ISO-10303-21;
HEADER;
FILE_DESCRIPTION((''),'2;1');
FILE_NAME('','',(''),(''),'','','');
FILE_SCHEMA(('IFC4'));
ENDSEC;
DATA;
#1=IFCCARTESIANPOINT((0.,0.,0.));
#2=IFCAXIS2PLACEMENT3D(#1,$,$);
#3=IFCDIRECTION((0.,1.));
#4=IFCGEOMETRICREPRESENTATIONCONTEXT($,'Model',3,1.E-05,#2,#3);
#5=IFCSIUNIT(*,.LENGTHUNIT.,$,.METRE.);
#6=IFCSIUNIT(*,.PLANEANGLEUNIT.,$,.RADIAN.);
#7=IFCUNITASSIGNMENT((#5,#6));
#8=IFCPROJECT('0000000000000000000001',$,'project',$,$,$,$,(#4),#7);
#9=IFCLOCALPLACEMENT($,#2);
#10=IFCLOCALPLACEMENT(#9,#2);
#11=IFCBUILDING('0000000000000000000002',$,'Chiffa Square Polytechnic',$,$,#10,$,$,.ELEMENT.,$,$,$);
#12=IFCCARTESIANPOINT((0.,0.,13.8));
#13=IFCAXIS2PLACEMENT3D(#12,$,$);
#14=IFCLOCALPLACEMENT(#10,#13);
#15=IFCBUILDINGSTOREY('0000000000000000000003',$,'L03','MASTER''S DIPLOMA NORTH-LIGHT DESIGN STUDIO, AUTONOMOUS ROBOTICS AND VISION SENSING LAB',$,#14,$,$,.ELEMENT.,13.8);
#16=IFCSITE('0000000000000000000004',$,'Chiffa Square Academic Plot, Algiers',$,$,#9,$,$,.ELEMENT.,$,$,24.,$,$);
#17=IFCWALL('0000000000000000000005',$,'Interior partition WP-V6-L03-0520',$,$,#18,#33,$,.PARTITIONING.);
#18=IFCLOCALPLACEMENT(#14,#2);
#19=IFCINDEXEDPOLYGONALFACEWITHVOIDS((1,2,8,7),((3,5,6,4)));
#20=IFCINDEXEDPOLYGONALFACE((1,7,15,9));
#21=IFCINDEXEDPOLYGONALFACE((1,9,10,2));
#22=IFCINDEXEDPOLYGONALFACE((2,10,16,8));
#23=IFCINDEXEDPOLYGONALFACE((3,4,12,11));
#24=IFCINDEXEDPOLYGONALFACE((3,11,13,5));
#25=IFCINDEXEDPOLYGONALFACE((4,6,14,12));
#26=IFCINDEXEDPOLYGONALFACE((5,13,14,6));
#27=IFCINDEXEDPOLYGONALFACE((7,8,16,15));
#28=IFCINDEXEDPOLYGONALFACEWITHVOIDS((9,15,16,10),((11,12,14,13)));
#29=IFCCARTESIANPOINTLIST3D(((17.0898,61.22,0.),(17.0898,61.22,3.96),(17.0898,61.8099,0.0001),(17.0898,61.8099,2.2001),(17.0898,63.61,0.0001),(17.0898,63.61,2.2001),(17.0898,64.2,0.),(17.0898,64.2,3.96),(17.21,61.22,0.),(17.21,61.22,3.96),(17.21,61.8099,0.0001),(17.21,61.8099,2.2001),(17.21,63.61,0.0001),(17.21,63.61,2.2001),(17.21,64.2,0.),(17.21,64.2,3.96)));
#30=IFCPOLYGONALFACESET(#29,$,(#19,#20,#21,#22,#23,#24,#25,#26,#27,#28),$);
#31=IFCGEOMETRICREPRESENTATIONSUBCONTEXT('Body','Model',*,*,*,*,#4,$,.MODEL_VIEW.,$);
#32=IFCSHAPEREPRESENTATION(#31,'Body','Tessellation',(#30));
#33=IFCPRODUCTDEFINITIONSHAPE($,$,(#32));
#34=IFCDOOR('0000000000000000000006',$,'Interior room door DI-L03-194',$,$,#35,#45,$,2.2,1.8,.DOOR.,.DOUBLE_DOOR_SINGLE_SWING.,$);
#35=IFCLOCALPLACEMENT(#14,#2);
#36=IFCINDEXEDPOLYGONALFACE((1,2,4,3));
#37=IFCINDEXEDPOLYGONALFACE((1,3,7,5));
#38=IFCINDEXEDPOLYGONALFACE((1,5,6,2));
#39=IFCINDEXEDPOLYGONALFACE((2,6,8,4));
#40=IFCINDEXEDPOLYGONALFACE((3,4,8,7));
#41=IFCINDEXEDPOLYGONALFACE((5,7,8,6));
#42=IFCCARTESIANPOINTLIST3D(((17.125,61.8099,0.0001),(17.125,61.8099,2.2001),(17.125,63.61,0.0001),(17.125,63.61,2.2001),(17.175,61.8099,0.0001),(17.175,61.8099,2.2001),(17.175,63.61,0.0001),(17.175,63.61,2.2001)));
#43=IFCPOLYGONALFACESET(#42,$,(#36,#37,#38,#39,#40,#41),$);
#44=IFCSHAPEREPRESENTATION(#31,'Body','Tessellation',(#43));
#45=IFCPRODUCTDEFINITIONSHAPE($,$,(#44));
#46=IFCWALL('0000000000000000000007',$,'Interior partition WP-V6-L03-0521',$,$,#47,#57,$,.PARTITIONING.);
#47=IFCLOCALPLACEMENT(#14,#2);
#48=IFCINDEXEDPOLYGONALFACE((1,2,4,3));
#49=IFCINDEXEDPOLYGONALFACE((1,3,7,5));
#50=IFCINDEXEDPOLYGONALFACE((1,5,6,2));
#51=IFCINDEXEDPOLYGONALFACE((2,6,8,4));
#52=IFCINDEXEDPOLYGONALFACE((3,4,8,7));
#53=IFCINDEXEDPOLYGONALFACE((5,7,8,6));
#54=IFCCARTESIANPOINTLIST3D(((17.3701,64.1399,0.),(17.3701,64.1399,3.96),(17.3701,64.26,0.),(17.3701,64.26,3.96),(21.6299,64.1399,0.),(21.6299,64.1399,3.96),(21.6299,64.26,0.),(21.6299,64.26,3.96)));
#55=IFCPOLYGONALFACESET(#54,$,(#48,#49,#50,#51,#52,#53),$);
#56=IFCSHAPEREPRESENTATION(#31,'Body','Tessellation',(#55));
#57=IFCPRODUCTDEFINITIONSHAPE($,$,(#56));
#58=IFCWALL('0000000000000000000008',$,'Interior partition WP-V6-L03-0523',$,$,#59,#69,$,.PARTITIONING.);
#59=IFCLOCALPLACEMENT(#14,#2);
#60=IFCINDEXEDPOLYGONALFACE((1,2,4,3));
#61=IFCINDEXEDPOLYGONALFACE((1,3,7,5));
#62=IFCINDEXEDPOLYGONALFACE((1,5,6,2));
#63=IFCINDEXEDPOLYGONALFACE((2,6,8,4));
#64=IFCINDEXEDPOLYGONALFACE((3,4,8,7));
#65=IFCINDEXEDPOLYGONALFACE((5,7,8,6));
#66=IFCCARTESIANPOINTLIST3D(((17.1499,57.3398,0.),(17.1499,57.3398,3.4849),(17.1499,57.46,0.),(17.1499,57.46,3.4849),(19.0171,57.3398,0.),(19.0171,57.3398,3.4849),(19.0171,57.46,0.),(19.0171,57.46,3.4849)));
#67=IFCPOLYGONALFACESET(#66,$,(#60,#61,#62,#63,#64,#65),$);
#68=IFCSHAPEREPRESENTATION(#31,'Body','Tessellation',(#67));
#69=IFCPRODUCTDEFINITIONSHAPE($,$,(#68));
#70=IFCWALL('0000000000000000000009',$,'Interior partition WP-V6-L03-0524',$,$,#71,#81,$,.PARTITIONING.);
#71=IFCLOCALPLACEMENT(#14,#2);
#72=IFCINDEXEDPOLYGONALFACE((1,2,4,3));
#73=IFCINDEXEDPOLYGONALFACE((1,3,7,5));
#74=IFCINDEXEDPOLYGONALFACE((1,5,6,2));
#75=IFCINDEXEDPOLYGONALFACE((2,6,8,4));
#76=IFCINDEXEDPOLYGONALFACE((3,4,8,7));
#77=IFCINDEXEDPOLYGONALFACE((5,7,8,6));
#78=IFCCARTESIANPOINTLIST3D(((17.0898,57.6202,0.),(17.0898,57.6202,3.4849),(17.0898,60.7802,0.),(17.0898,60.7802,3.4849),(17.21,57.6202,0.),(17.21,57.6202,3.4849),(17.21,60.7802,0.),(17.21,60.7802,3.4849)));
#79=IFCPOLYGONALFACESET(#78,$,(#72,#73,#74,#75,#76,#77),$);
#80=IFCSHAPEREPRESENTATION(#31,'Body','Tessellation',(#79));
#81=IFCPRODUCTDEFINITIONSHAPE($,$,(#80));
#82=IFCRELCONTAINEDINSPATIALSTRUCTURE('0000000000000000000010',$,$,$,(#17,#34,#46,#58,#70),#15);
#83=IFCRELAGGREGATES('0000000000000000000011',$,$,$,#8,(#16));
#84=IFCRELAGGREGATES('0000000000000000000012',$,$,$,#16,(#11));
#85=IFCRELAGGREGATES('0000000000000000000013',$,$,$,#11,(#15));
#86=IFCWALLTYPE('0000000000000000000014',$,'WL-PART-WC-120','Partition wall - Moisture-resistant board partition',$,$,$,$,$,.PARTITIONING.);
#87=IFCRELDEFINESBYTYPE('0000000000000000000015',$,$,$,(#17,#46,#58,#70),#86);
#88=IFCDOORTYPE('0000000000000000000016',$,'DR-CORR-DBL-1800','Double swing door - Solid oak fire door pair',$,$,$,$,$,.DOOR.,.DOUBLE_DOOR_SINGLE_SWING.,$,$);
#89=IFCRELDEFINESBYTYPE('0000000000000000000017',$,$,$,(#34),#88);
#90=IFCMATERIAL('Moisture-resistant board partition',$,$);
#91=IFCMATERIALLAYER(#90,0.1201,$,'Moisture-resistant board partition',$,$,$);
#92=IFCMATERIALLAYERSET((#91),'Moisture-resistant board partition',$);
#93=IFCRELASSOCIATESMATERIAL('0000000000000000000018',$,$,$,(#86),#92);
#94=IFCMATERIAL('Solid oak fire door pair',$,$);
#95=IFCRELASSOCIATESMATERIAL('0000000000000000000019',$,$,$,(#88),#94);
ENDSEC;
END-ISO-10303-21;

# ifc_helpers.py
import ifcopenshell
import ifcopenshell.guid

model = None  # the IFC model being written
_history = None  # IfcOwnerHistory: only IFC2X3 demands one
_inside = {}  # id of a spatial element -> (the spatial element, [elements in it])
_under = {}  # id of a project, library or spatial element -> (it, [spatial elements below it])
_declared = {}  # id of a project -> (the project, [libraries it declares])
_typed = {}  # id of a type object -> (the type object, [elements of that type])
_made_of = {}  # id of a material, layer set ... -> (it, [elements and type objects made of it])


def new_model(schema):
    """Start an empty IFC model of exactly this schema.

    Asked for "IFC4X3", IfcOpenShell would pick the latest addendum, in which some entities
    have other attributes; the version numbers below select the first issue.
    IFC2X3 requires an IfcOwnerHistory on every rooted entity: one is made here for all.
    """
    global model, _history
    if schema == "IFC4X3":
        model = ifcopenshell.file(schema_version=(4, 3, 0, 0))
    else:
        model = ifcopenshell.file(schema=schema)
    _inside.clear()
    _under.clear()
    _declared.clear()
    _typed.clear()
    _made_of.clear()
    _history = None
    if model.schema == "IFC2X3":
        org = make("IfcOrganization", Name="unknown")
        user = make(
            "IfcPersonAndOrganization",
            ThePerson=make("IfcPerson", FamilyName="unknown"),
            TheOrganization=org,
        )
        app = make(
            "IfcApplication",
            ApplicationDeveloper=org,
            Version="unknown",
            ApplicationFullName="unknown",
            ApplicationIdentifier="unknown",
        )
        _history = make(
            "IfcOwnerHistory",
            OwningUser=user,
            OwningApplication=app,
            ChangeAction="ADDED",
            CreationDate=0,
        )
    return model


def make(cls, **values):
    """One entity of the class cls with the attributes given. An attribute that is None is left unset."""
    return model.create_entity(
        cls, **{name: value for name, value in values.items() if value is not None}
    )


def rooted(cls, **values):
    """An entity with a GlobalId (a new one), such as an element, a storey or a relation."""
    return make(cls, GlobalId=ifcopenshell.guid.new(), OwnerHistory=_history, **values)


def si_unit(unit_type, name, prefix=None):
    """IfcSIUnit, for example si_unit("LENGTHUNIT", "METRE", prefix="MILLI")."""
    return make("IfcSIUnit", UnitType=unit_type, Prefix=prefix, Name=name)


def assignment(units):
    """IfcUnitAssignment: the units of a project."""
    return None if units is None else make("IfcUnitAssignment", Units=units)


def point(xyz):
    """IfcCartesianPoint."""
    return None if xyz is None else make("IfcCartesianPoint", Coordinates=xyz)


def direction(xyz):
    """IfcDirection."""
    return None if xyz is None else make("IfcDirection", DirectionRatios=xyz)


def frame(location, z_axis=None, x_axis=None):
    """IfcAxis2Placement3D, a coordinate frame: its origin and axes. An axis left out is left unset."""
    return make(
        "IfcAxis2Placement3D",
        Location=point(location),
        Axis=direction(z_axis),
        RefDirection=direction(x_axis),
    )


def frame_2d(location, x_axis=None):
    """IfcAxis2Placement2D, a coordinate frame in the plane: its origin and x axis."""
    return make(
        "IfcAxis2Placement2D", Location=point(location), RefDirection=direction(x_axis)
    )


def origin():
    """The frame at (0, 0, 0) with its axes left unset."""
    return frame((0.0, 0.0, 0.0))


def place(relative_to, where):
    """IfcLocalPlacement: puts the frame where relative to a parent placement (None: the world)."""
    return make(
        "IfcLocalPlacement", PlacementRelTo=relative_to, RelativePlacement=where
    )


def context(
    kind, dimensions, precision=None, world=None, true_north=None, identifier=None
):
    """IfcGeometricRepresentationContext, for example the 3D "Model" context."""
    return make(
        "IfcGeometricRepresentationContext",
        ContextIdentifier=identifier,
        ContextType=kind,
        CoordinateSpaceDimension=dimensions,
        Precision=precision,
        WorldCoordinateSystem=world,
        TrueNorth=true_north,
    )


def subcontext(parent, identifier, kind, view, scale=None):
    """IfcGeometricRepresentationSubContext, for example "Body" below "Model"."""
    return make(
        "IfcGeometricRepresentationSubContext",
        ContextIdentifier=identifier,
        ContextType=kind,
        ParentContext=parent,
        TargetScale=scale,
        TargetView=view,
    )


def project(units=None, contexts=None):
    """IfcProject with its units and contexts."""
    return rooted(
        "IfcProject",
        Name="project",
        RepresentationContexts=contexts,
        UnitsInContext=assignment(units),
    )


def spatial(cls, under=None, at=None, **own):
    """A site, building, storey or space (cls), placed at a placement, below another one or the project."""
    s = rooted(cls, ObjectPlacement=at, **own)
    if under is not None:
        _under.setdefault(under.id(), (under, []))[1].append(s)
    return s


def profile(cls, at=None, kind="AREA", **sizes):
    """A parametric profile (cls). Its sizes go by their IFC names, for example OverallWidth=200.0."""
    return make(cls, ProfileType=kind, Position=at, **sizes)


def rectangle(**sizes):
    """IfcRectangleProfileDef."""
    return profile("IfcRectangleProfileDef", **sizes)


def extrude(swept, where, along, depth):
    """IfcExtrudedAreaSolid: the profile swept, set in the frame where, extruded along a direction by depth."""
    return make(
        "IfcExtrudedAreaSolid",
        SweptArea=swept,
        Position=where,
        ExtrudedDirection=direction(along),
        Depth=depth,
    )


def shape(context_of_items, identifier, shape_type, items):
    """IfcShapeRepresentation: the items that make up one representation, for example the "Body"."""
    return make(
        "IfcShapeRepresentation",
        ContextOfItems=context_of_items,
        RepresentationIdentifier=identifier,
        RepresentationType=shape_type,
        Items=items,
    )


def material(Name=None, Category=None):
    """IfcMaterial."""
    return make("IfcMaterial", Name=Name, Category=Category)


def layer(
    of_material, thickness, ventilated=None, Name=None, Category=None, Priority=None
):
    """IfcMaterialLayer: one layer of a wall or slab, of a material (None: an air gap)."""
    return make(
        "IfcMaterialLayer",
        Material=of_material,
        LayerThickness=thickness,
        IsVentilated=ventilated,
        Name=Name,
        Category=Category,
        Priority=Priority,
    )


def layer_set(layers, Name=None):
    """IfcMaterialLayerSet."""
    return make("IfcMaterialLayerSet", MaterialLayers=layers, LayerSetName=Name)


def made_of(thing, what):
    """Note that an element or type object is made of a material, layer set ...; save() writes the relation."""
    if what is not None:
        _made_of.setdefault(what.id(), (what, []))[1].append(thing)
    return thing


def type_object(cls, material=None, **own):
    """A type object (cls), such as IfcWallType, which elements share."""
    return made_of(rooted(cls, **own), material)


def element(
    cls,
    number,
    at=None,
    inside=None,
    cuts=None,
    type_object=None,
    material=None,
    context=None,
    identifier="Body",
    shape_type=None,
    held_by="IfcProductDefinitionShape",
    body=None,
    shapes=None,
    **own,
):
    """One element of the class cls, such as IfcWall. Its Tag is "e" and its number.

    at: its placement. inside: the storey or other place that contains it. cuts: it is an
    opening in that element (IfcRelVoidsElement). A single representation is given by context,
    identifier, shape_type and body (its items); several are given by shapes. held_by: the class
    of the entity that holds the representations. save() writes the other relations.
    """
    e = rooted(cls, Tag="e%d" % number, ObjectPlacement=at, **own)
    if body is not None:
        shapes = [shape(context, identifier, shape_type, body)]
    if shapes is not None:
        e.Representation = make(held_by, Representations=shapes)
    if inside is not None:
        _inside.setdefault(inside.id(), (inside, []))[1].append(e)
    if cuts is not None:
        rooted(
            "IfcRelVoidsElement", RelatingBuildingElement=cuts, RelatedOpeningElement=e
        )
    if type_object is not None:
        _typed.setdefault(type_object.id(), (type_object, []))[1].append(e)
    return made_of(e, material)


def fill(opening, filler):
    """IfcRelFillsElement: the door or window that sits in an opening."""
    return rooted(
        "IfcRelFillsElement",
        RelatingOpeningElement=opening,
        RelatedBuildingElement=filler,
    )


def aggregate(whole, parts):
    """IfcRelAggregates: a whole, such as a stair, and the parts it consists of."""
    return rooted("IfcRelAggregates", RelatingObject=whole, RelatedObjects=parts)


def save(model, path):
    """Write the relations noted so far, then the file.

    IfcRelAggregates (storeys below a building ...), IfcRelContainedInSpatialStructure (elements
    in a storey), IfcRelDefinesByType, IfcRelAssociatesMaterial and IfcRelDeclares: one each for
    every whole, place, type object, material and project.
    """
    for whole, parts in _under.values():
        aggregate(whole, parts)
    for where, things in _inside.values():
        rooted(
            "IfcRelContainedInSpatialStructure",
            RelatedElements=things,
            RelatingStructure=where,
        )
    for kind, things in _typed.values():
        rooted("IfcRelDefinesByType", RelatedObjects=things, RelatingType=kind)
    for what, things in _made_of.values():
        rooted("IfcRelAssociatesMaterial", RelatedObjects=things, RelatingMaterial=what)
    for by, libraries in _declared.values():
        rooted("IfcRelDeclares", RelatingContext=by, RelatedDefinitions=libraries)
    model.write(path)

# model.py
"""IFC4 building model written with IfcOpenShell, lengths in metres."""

from ifc_helpers import new_model, si_unit, direction, frame, frame_2d, origin, place, context, subcontext, project, spatial, rectangle, extrude, material, layer, layer_set, type_object, element, fill, save


model = new_model("IFC4")

# Units and contexts
model_context = context("Model", 3, precision=1e-05, world=origin(), true_north=direction((0.0, 1.0)))
body_context = subcontext(model_context, "Body", "Model", "MODEL_VIEW")
ifc_project = project(units=[si_unit("LENGTHUNIT", "METRE"), si_unit("PLANEANGLEUNIT", "RADIAN")], contexts=[model_context])

# Site, building, storey
site_placement = place(None, origin())
site = spatial("IfcSite", under=ifc_project, at=site_placement, Name="Chiffa Square Academic Plot, Algiers", CompositionType="ELEMENT", RefElevation=24.0)
building_placement = place(site_placement, origin())
building = spatial("IfcBuilding", under=site, at=building_placement, Name="Chiffa Square Polytechnic", CompositionType="ELEMENT")
storey_placement = place(building_placement, frame((0.0, 0.0, 13.8)))
storey = spatial("IfcBuildingStorey", under=building, at=storey_placement, Name="L03", Description="MASTER'S DIPLOMA NORTH-LIGHT DESIGN STUDIO, AUTONOMOUS ROBOTICS AND VISION SENSING LAB", CompositionType="ELEMENT", Elevation=13.8)

# Shared definitions
ifc_material_1 = material(Name="Moisture-resistant board partition")
ifc_layer_1 = layer(ifc_material_1, 0.1201, Name="Moisture-resistant board partition")
ifc_layer_set_1 = layer_set([ifc_layer_1], Name="Moisture-resistant board partition")
wall_type_1 = type_object("IfcWallType", Name="WL-PART-WC-120", Description="Partition wall - Moisture-resistant board partition", PredefinedType="PARTITIONING", material=ifc_layer_set_1)

# Wall, opening, door
wall_1_placement = place(storey_placement, frame((17.1499, 61.22, 0.0), z_axis=(0.0, 0.0, 1.0), x_axis=(0.0, 1.0, 0.0)))
wall_1 = element("IfcWall", 1, at=wall_1_placement, inside=storey, type_object=wall_type_1, Name="Interior partition WP-V6-L03-0520", PredefinedType="PARTITIONING", context=body_context, shape_type="SweptSolid", body=[
    extrude(rectangle(XDim=2.98, YDim=0.1201, at=frame_2d((1.49, 0.0))), origin(), (0.0, 0.0, 1.0), 3.96),
])
opening_1_placement = place(wall_1_placement, frame((0.5901, 0.0, 0.0)))
opening_1 = element("IfcOpeningElement", 2, at=opening_1_placement, cuts=wall_1, PredefinedType="OPENING", context=body_context, shape_type="SweptSolid", body=[
    extrude(rectangle(XDim=1.8, YDim=2.2, at=frame_2d((0.8999, 1.1001))), frame((0.0, 0.0701, 0.0), z_axis=(0.0, -1.0, 0.0), x_axis=(1.0, 0.0, 0.0)), (0.0, 0.0, 1.0), 0.1401),
])
ifc_material_2 = material(Name="Solid oak fire door pair")
door_type_1 = type_object("IfcDoorType", Name="DR-CORR-DBL-1800", Description="Double swing door - Solid oak fire door pair", OperationType="DOUBLE_DOOR_SINGLE_SWING", PredefinedType="DOOR", material=ifc_material_2)
door_1_placement = place(opening_1_placement, origin())
door_1 = element("IfcDoor", 3, at=door_1_placement, inside=storey, type_object=door_type_1, Name="Interior room door DI-L03-194", OperationType="DOUBLE_DOOR_SINGLE_SWING", OverallHeight=2.2, OverallWidth=1.8, PredefinedType="DOOR", context=body_context, shape_type="SweptSolid", body=[
    extrude(rectangle(XDim=1.8, YDim=2.2, at=frame_2d((0.8999, 1.1001))), frame((0.0, 0.0249, 0.0), z_axis=(0.0, -1.0, 0.0), x_axis=(1.0, 0.0, 0.0)), (0.0, 0.0, 1.0), 0.05),
])
fill(opening_1, door_1)

# Wall
wall_2_placement = place(storey_placement, frame((17.3701, 64.2, 0.0), z_axis=(0.0, 0.0, 1.0), x_axis=(1.0, 0.0, 0.0)))
element("IfcWall", 4, at=wall_2_placement, inside=storey, type_object=wall_type_1, Name="Interior partition WP-V6-L03-0521", PredefinedType="PARTITIONING", context=body_context, shape_type="SweptSolid", body=[
    extrude(rectangle(XDim=4.2598, YDim=0.1201, at=frame_2d((2.1299, 0.0))), origin(), (0.0, 0.0, 1.0), 3.96),
])

# Walls
wall_3_placement = place(storey_placement, frame((17.1499, 57.3999, 0.0), z_axis=(0.0, 0.0, 1.0), x_axis=(1.0, 0.0, 0.0)))
element("IfcWall", 5, at=wall_3_placement, inside=storey, type_object=wall_type_1, Name="Interior partition WP-V6-L03-0523", PredefinedType="PARTITIONING", context=body_context, shape_type="SweptSolid", body=[
    extrude(rectangle(XDim=1.8672, YDim=0.1201, at=frame_2d((0.9336, 0.0))), origin(), (0.0, 0.0, 1.0), 3.4849),
])
wall_4_placement = place(storey_placement, frame((17.1499, 57.6201, 0.0), z_axis=(0.0, 0.0, 1.0), x_axis=(0.0, 1.0, 0.0)))
element("IfcWall", 6, at=wall_4_placement, inside=storey, type_object=wall_type_1, Name="Interior partition WP-V6-L03-0524", PredefinedType="PARTITIONING", context=body_context, shape_type="SweptSolid", body=[
    extrude(rectangle(XDim=3.1599, YDim=0.1201, at=frame_2d((1.5801, 0.0))), origin(), (0.0, 0.0, 1.0), 3.4849),
])

save(model, "model.ifc")
